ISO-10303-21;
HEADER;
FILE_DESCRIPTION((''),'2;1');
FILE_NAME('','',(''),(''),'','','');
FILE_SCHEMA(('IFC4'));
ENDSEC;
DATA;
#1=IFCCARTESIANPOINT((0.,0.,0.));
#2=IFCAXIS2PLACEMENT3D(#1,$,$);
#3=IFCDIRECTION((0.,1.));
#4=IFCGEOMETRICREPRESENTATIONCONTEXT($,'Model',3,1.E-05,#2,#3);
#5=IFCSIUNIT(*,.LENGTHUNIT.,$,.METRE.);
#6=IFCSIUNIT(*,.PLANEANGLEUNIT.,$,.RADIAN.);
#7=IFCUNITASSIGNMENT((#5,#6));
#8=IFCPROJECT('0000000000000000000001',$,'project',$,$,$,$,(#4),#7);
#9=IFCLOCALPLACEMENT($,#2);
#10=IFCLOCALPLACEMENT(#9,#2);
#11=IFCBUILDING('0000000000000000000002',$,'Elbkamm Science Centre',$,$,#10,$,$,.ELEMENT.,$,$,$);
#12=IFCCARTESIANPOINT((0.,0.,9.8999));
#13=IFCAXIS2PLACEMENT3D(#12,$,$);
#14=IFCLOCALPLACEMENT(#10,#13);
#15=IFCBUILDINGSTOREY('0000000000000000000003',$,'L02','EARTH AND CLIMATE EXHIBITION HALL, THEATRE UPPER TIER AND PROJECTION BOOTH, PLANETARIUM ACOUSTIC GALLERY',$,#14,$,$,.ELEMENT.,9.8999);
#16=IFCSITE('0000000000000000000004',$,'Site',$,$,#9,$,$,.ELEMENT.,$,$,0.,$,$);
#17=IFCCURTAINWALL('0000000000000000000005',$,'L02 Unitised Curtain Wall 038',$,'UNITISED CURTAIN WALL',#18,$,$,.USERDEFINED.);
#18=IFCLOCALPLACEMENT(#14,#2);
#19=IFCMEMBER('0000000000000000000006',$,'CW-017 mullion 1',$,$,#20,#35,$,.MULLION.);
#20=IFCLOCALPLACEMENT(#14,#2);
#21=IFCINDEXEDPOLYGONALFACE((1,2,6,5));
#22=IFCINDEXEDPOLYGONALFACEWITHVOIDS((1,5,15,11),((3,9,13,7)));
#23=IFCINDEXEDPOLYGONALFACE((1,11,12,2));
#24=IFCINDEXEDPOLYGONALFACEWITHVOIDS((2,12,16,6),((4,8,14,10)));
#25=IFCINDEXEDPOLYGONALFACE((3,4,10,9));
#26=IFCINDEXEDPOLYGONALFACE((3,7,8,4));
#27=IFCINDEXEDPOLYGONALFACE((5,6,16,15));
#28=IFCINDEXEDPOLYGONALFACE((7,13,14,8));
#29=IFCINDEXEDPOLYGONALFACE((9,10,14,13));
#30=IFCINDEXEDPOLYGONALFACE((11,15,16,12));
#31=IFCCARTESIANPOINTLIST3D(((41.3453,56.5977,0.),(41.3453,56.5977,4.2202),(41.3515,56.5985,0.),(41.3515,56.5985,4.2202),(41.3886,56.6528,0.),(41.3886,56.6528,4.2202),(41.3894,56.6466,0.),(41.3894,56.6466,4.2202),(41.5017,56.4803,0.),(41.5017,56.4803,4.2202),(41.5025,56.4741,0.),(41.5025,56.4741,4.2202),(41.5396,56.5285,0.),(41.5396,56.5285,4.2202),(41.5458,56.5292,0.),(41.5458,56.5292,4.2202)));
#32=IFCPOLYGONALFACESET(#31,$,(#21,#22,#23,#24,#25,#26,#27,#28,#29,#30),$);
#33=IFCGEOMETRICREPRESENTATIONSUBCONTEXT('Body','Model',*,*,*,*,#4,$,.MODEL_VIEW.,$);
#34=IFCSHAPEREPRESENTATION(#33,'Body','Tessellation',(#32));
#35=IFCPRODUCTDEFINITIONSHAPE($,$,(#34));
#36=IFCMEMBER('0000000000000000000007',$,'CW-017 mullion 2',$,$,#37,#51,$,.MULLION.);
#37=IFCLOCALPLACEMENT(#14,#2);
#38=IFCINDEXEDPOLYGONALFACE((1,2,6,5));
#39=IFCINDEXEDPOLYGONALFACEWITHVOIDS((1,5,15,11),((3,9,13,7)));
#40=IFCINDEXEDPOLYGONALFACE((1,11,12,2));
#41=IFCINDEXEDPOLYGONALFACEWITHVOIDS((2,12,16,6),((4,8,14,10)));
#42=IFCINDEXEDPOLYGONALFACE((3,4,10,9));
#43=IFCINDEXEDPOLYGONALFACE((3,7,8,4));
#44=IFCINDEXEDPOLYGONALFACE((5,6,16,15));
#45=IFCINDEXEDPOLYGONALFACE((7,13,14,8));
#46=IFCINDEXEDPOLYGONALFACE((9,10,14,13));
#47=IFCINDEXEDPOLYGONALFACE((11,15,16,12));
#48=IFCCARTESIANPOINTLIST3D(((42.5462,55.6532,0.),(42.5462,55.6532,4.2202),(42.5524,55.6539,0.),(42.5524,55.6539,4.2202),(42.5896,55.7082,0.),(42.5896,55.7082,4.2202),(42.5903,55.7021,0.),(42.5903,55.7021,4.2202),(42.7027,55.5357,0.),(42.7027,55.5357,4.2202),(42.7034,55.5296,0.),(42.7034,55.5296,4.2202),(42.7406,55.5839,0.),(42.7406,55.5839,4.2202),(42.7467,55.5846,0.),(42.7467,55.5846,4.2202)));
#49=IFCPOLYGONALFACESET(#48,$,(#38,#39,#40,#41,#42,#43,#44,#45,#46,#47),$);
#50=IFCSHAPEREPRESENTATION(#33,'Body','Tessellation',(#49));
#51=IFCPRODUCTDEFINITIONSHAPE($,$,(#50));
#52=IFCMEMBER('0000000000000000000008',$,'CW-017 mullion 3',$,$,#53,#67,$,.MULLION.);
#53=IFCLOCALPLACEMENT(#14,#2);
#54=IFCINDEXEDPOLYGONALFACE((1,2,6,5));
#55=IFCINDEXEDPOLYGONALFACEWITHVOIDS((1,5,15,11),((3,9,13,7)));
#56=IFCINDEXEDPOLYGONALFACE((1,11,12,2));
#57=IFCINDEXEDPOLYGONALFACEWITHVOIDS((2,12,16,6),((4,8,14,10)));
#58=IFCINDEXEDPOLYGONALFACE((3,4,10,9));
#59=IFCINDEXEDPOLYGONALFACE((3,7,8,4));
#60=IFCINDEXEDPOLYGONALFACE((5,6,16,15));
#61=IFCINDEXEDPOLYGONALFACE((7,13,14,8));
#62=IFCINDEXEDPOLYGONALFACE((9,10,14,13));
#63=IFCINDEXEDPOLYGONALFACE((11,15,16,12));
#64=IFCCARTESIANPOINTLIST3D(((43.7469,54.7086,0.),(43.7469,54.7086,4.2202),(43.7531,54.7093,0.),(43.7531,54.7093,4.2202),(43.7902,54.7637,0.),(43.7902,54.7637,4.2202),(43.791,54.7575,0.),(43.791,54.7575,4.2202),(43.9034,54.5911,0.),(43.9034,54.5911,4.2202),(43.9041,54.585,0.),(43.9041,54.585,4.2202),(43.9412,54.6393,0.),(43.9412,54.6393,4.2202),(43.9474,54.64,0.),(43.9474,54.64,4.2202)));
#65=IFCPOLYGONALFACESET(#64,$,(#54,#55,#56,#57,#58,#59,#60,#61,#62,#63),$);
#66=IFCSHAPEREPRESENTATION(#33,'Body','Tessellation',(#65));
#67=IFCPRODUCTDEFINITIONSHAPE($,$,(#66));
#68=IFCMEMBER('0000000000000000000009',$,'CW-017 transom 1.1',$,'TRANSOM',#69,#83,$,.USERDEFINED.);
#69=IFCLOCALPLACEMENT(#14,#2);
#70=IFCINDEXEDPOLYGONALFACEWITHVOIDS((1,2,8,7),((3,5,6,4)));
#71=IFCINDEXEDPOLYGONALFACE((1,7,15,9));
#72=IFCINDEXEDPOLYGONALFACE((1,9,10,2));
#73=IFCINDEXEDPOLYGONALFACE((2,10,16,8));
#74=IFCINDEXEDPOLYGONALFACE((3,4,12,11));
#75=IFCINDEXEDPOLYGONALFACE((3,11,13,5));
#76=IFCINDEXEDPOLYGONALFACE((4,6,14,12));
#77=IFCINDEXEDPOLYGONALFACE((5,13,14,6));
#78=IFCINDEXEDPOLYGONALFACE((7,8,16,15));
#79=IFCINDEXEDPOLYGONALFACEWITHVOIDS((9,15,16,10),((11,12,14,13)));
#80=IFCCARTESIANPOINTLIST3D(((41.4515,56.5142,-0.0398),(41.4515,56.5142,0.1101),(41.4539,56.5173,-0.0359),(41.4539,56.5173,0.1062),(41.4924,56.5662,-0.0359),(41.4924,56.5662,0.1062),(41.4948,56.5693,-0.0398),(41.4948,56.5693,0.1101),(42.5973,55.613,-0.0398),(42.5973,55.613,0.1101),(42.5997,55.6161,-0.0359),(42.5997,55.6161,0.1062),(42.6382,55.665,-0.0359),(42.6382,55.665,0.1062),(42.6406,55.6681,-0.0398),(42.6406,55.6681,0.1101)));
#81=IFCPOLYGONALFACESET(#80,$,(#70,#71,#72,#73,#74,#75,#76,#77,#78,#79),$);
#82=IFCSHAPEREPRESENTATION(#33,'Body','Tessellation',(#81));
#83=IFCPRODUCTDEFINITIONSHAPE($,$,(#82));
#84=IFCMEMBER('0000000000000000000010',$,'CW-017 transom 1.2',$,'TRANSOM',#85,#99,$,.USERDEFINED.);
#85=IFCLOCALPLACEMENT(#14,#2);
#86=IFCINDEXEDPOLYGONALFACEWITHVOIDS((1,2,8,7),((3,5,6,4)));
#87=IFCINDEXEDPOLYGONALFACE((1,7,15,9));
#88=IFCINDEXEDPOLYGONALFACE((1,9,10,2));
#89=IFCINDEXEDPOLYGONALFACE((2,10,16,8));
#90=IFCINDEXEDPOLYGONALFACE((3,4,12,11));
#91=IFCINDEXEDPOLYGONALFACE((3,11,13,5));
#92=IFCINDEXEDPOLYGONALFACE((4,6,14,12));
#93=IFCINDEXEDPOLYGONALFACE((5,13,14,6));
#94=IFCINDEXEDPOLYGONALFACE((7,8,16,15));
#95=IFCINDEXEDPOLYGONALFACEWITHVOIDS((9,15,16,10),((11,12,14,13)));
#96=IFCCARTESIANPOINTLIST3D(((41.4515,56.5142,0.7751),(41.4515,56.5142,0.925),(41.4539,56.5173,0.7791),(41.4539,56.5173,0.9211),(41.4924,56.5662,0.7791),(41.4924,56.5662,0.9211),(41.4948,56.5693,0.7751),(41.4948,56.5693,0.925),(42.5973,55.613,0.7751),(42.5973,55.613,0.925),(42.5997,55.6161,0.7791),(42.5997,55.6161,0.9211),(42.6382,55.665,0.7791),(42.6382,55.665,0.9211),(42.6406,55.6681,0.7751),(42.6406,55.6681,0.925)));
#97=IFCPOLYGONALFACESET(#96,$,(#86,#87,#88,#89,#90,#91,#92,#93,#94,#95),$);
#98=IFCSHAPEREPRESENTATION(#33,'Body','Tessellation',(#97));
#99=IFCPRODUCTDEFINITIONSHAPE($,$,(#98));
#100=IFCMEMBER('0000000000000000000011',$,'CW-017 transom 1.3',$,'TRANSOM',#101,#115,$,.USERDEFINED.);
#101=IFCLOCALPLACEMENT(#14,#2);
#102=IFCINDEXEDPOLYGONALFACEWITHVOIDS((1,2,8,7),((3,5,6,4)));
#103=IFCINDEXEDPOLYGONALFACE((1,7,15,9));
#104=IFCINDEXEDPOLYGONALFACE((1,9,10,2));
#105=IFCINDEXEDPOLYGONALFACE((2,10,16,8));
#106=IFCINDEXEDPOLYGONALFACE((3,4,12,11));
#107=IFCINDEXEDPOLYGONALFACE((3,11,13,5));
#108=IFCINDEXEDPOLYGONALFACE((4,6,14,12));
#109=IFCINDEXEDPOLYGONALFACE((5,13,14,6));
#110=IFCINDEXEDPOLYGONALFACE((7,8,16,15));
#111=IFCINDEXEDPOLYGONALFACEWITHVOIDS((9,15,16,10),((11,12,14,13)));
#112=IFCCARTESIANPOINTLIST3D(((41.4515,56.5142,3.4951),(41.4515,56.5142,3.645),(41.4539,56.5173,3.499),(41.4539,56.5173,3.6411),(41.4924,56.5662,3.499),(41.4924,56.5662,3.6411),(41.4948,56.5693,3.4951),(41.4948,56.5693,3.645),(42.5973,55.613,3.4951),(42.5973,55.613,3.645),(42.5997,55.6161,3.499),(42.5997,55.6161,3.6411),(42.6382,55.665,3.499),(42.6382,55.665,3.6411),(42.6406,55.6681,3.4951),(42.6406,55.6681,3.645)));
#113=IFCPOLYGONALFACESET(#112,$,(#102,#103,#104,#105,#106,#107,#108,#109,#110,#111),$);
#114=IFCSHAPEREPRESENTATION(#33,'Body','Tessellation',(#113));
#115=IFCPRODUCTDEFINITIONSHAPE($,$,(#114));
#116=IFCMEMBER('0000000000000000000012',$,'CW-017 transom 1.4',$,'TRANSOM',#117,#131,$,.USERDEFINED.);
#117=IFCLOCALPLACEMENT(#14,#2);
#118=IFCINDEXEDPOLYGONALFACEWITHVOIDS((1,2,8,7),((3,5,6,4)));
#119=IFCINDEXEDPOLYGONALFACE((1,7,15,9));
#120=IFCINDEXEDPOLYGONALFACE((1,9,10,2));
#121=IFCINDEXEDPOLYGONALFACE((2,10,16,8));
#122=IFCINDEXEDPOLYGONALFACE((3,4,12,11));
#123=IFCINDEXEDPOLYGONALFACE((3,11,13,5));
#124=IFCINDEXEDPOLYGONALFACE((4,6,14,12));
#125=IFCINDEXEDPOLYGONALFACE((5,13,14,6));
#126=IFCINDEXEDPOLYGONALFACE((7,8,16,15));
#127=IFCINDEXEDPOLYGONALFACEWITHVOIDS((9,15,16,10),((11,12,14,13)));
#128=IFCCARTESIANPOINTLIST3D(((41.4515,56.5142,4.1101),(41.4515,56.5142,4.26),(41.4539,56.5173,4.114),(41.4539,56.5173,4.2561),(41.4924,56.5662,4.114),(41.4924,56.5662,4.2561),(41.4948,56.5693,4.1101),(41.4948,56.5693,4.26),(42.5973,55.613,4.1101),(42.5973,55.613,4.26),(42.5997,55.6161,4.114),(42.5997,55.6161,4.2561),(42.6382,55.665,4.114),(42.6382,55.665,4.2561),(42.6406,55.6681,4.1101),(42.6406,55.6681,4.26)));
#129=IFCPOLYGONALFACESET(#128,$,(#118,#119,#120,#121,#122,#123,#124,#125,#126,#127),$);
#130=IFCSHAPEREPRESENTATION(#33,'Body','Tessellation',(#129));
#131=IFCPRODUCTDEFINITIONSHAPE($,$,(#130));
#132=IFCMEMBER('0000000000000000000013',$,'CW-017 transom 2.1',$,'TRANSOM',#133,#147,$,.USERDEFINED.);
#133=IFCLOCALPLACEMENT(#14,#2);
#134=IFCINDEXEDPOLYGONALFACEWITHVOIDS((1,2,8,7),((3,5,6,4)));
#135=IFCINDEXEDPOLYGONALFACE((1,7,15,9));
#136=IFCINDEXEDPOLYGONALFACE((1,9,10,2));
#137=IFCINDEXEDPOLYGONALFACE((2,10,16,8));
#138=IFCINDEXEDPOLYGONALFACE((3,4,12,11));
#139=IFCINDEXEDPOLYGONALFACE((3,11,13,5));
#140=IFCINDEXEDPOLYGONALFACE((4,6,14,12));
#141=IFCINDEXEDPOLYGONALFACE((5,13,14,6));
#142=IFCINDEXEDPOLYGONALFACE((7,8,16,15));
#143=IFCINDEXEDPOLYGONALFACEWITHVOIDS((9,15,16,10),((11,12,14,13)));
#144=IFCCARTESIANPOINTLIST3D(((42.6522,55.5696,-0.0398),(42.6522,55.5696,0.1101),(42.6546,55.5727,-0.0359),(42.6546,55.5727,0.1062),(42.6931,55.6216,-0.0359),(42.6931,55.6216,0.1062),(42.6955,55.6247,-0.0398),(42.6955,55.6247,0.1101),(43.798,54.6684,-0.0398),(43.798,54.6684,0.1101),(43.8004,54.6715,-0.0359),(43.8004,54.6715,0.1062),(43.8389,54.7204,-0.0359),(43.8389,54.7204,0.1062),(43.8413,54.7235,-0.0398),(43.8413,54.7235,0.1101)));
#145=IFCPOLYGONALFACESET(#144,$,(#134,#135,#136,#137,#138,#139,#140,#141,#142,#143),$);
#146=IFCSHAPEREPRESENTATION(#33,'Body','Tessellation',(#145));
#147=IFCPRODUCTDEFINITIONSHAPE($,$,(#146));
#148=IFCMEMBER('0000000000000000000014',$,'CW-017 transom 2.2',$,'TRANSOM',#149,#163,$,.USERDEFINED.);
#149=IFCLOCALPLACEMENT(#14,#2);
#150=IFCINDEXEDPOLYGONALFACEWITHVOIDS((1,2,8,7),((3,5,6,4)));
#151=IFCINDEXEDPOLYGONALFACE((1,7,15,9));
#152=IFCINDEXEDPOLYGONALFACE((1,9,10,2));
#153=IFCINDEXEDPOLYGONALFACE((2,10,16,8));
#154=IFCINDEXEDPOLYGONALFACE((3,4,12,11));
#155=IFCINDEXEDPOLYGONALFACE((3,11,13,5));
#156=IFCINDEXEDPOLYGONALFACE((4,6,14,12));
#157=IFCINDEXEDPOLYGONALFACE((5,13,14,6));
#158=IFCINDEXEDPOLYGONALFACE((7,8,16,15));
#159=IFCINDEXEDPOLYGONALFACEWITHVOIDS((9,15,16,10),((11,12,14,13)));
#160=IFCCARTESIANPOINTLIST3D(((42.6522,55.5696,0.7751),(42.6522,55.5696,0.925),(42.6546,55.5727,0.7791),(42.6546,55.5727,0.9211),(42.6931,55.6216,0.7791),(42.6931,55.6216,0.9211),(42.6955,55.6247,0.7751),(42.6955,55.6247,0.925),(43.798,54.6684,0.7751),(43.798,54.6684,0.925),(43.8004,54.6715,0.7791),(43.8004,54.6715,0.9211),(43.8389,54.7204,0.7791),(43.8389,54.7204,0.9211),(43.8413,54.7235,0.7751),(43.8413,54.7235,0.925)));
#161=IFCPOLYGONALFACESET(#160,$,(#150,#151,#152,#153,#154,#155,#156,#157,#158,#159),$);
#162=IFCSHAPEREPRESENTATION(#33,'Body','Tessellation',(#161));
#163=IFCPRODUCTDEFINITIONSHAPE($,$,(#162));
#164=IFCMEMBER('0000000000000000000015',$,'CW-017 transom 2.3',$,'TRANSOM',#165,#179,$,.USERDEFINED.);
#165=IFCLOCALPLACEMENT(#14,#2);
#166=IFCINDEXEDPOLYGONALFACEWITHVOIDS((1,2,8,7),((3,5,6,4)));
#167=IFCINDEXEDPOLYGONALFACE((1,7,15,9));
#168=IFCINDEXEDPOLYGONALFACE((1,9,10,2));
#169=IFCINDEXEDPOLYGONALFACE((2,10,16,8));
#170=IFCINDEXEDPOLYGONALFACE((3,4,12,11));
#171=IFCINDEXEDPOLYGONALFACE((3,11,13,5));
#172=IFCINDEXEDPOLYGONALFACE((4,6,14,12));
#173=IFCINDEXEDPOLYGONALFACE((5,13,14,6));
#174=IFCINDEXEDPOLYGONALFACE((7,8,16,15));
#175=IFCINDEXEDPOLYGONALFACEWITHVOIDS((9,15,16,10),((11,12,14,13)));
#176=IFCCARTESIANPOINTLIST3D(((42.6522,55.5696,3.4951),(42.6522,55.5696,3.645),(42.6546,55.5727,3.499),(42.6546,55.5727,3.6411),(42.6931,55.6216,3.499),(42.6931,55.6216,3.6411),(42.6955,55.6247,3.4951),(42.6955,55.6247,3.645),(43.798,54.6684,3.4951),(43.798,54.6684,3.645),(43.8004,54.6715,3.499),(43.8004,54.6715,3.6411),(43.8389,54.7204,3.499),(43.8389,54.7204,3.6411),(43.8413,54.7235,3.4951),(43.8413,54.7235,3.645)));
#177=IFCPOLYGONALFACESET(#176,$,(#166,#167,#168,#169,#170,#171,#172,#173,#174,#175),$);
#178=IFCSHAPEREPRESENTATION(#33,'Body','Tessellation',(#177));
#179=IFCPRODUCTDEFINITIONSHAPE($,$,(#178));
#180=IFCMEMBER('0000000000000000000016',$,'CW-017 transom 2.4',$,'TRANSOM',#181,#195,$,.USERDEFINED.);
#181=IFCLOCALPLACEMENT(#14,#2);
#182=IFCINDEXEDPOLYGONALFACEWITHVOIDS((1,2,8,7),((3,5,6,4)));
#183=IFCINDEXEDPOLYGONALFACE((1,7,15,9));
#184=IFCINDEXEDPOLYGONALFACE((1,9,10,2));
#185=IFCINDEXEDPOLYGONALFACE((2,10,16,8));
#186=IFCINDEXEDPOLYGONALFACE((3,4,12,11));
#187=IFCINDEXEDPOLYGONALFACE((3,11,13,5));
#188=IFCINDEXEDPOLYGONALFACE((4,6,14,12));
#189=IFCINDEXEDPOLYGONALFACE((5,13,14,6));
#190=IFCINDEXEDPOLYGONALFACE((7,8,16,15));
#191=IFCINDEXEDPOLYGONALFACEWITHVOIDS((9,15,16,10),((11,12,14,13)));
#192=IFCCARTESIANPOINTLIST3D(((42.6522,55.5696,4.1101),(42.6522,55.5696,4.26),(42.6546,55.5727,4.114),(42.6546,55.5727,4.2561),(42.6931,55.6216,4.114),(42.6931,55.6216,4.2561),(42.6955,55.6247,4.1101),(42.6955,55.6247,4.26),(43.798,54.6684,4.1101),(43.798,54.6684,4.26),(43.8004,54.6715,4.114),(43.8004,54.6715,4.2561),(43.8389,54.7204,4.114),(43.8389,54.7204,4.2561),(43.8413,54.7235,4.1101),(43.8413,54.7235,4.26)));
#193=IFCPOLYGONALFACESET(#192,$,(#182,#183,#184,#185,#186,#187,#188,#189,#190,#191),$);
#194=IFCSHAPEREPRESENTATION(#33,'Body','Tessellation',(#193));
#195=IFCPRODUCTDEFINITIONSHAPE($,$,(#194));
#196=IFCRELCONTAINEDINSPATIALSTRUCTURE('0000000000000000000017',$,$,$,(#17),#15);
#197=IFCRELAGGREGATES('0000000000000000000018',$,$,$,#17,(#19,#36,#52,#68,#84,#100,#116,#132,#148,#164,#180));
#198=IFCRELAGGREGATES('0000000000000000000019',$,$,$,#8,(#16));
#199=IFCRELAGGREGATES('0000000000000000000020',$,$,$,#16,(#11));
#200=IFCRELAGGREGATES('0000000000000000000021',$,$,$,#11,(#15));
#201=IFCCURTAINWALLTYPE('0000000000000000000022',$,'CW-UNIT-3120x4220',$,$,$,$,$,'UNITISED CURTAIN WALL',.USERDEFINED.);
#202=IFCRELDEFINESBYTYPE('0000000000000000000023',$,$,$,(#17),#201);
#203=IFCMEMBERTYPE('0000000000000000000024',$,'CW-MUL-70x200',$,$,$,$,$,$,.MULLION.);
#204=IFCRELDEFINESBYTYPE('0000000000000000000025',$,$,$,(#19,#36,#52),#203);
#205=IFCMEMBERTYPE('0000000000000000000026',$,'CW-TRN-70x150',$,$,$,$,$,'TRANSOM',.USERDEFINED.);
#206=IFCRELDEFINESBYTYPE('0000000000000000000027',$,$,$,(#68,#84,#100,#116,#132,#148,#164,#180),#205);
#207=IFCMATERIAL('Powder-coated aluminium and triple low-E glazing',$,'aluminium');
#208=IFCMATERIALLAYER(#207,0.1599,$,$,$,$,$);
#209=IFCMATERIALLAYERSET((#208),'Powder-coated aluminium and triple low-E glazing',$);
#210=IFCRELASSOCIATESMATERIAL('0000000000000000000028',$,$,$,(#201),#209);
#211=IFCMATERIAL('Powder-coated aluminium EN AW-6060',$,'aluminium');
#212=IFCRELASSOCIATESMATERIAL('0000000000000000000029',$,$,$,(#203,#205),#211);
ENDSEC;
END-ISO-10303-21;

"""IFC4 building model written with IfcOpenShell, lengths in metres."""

from ifc_helpers import new_model, si_unit, direction, frame, origin, origin_2d, place, context, subcontext, project, spatial, hollow_rectangle, extrude, material, layer, layer_set, material_profile, profile_set, type_object, element, aggregate, save


model = new_model("IFC4")

# Units and contexts
model_context = context("Model", 3, precision=1e-05, world=origin(), true_north=direction((0.0, 1.0)))
body_context = subcontext(model_context, "Body", "Model", "MODEL_VIEW")
ifc_project = project(units=[si_unit("LENGTHUNIT", "METRE"), si_unit("PLANEANGLEUNIT", "RADIAN")], contexts=[model_context])

# Site, building, storey
site_placement = place(None, origin())
site = spatial("IfcSite", under=ifc_project, at=site_placement, Name="Site", CompositionType="ELEMENT", RefElevation=0.0)
building_placement = place(site_placement, origin())
building = spatial("IfcBuilding", under=site, at=building_placement, Name="Elbkamm Science Centre", CompositionType="ELEMENT")
storey_placement = place(building_placement, frame((0.0, 0.0, 9.8999)))
storey = spatial("IfcBuildingStorey", under=building, at=storey_placement, Name="L02", Description="EARTH AND CLIMATE EXHIBITION HALL, THEATRE UPPER TIER AND PROJECTION BOOTH, PLANETARIUM ACOUSTIC GALLERY", CompositionType="ELEMENT", Elevation=9.8999)

# Curtain wall, members
ifc_material_1 = material(Name="Powder-coated aluminium and triple low-E glazing", Category="aluminium")
ifc_layer_1 = layer(ifc_material_1, 0.1599)
ifc_layer_set_1 = layer_set([ifc_layer_1], Name="Powder-coated aluminium and triple low-E glazing")
curtain_wall_type = type_object("IfcCurtainWallType", Name="CW-UNIT-3120x4220", ElementType="UNITISED CURTAIN WALL", PredefinedType="USERDEFINED", material=ifc_layer_set_1)
curtain_wall_placement = place(storey_placement, origin())
curtain_wall = element("IfcCurtainWall", 1, at=curtain_wall_placement, inside=storey, type_object=curtain_wall_type, Name="L02 Unitised Curtain Wall 038", ObjectType="UNITISED CURTAIN WALL", PredefinedType="USERDEFINED")
ifc_material_2 = material(Name="Powder-coated aluminium EN AW-6060", Category="aluminium")
ifc_material_profile_1 = material_profile(ifc_material_2, hollow_rectangle(XDim=0.0701, YDim=0.2, WallThickness=0.0044, at=origin_2d()), Name="ALU M70x200")
ifc_profile_set_1 = profile_set([ifc_material_profile_1], Name="Powder-coated aluminium EN AW-6060")
member_type_1 = type_object("IfcMemberType", Name="CW-MUL-70x200", PredefinedType="MULLION", material=ifc_profile_set_1)
member_1_placement = place(storey_placement, frame((41.4456, 56.5635, 0.0), z_axis=(0.0, 0.0, 1.0), x_axis=(0.61822, 0.786005, 0.0)))
member_1 = element("IfcMember", 2, at=member_1_placement, type_object=member_type_1, Name="CW-017 mullion 1", PredefinedType="MULLION", context=body_context, shape_type="SweptSolid", body=[
    extrude(hollow_rectangle(XDim=0.0701, YDim=0.2, WallThickness=0.0044, at=origin_2d()), origin(), (0.0, 0.0, 1.0), 4.2202),
])
member_2_placement = place(storey_placement, frame((42.6465, 55.6189, 0.0), z_axis=(0.0, 0.0, 1.0), x_axis=(0.61822, 0.786005, 0.0)))
member_2 = element("IfcMember", 3, at=member_2_placement, type_object=member_type_1, Name="CW-017 mullion 2", PredefinedType="MULLION", context=body_context, shape_type="SweptSolid", body=[
    extrude(hollow_rectangle(XDim=0.0701, YDim=0.2, WallThickness=0.0044, at=origin_2d()), origin(), (0.0, 0.0, 1.0), 4.2202),
])
member_3_placement = place(storey_placement, frame((43.8472, 54.6743, 0.0), z_axis=(0.0, 0.0, 1.0), x_axis=(0.61822, 0.786005, 0.0)))
member_3 = element("IfcMember", 4, at=member_3_placement, type_object=member_type_1, Name="CW-017 mullion 3", PredefinedType="MULLION", context=body_context, shape_type="SweptSolid", body=[
    extrude(hollow_rectangle(XDim=0.0701, YDim=0.2, WallThickness=0.0044, at=origin_2d()), origin(), (0.0, 0.0, 1.0), 4.2202),
])
ifc_material_profile_2 = material_profile(ifc_material_2, hollow_rectangle(XDim=0.0701, YDim=0.1499, WallThickness=0.0039, at=origin_2d()), Name="ALU T70x150")
ifc_profile_set_2 = profile_set([ifc_material_profile_2], Name="Powder-coated aluminium EN AW-6060")
member_type_2 = type_object("IfcMemberType", Name="CW-TRN-70x150", ElementType="TRANSOM", PredefinedType="USERDEFINED", material=ifc_profile_set_2)
member_4_placement = place(storey_placement, frame((41.4731, 56.5417, 0.0352), z_axis=(0.786022, -0.618199, 0.0), x_axis=(0.618199, 0.786022, 0.0)))
member_4 = element("IfcMember", 5, at=member_4_placement, type_object=member_type_2, Name="CW-017 transom 1.1", ObjectType="TRANSOM", PredefinedType="USERDEFINED", context=body_context, shape_type="SweptSolid", body=[
    extrude(hollow_rectangle(XDim=0.0701, YDim=0.1499, WallThickness=0.0039, at=origin_2d()), origin(), (0.0, 0.0, 1.0), 1.4578),
])
member_5_placement = place(storey_placement, frame((41.4731, 56.5417, 0.8501), z_axis=(0.786022, -0.618199, 0.0), x_axis=(0.618199, 0.786022, 0.0)))
member_5 = element("IfcMember", 6, at=member_5_placement, type_object=member_type_2, Name="CW-017 transom 1.2", ObjectType="TRANSOM", PredefinedType="USERDEFINED", context=body_context, shape_type="SweptSolid", body=[
    extrude(hollow_rectangle(XDim=0.0701, YDim=0.1499, WallThickness=0.0039, at=origin_2d()), origin(), (0.0, 0.0, 1.0), 1.4578),
])
member_6_placement = place(storey_placement, frame((41.4731, 56.5417, 3.5701), z_axis=(0.786022, -0.618199, 0.0), x_axis=(0.618199, 0.786022, 0.0)))
member_6 = element("IfcMember", 7, at=member_6_placement, type_object=member_type_2, Name="CW-017 transom 1.3", ObjectType="TRANSOM", PredefinedType="USERDEFINED", context=body_context, shape_type="SweptSolid", body=[
    extrude(hollow_rectangle(XDim=0.0701, YDim=0.1499, WallThickness=0.0039, at=origin_2d()), origin(), (0.0, 0.0, 1.0), 1.4578),
])
member_7_placement = place(storey_placement, frame((41.4731, 56.5417, 4.1851), z_axis=(0.786022, -0.618199, 0.0), x_axis=(0.618199, 0.786022, 0.0)))
member_7 = element("IfcMember", 8, at=member_7_placement, type_object=member_type_2, Name="CW-017 transom 1.4", ObjectType="TRANSOM", PredefinedType="USERDEFINED", context=body_context, shape_type="SweptSolid", body=[
    extrude(hollow_rectangle(XDim=0.0701, YDim=0.1499, WallThickness=0.0039, at=origin_2d()), origin(), (0.0, 0.0, 1.0), 1.4578),
])
member_8_placement = place(storey_placement, frame((42.6738, 55.5972, 0.0352), z_axis=(0.786022, -0.618199, 0.0), x_axis=(0.618199, 0.786022, 0.0)))
member_8 = element("IfcMember", 9, at=member_8_placement, type_object=member_type_2, Name="CW-017 transom 2.1", ObjectType="TRANSOM", PredefinedType="USERDEFINED", context=body_context, shape_type="SweptSolid", body=[
    extrude(hollow_rectangle(XDim=0.0701, YDim=0.1499, WallThickness=0.0039, at=origin_2d()), origin(), (0.0, 0.0, 1.0), 1.4578),
])
member_9_placement = place(storey_placement, frame((42.6738, 55.5972, 0.8501), z_axis=(0.786022, -0.618199, 0.0), x_axis=(0.618199, 0.786022, 0.0)))
member_9 = element("IfcMember", 10, at=member_9_placement, type_object=member_type_2, Name="CW-017 transom 2.2", ObjectType="TRANSOM", PredefinedType="USERDEFINED", context=body_context, shape_type="SweptSolid", body=[
    extrude(hollow_rectangle(XDim=0.0701, YDim=0.1499, WallThickness=0.0039, at=origin_2d()), origin(), (0.0, 0.0, 1.0), 1.4578),
])
member_10_placement = place(storey_placement, frame((42.6738, 55.5972, 3.5701), z_axis=(0.786022, -0.618199, 0.0), x_axis=(0.618199, 0.786022, 0.0)))
member_10 = element("IfcMember", 11, at=member_10_placement, type_object=member_type_2, Name="CW-017 transom 2.3", ObjectType="TRANSOM", PredefinedType="USERDEFINED", context=body_context, shape_type="SweptSolid", body=[
    extrude(hollow_rectangle(XDim=0.0701, YDim=0.1499, WallThickness=0.0039, at=origin_2d()), origin(), (0.0, 0.0, 1.0), 1.4578),
])
member_11_placement = place(storey_placement, frame((42.6738, 55.5972, 4.1851), z_axis=(0.786022, -0.618199, 0.0), x_axis=(0.618199, 0.786022, 0.0)))
member_11 = element("IfcMember", 12, at=member_11_placement, type_object=member_type_2, Name="CW-017 transom 2.4", ObjectType="TRANSOM", PredefinedType="USERDEFINED", context=body_context, shape_type="SweptSolid", body=[
    extrude(hollow_rectangle(XDim=0.0701, YDim=0.1499, WallThickness=0.0039, at=origin_2d()), origin(), (0.0, 0.0, 1.0), 1.4578),
])
aggregate(curtain_wall, [member_1, member_2, member_3, member_4, member_5, member_6, member_7, member_8, member_9, member_10, member_11])

save(model, "model.ifc")
